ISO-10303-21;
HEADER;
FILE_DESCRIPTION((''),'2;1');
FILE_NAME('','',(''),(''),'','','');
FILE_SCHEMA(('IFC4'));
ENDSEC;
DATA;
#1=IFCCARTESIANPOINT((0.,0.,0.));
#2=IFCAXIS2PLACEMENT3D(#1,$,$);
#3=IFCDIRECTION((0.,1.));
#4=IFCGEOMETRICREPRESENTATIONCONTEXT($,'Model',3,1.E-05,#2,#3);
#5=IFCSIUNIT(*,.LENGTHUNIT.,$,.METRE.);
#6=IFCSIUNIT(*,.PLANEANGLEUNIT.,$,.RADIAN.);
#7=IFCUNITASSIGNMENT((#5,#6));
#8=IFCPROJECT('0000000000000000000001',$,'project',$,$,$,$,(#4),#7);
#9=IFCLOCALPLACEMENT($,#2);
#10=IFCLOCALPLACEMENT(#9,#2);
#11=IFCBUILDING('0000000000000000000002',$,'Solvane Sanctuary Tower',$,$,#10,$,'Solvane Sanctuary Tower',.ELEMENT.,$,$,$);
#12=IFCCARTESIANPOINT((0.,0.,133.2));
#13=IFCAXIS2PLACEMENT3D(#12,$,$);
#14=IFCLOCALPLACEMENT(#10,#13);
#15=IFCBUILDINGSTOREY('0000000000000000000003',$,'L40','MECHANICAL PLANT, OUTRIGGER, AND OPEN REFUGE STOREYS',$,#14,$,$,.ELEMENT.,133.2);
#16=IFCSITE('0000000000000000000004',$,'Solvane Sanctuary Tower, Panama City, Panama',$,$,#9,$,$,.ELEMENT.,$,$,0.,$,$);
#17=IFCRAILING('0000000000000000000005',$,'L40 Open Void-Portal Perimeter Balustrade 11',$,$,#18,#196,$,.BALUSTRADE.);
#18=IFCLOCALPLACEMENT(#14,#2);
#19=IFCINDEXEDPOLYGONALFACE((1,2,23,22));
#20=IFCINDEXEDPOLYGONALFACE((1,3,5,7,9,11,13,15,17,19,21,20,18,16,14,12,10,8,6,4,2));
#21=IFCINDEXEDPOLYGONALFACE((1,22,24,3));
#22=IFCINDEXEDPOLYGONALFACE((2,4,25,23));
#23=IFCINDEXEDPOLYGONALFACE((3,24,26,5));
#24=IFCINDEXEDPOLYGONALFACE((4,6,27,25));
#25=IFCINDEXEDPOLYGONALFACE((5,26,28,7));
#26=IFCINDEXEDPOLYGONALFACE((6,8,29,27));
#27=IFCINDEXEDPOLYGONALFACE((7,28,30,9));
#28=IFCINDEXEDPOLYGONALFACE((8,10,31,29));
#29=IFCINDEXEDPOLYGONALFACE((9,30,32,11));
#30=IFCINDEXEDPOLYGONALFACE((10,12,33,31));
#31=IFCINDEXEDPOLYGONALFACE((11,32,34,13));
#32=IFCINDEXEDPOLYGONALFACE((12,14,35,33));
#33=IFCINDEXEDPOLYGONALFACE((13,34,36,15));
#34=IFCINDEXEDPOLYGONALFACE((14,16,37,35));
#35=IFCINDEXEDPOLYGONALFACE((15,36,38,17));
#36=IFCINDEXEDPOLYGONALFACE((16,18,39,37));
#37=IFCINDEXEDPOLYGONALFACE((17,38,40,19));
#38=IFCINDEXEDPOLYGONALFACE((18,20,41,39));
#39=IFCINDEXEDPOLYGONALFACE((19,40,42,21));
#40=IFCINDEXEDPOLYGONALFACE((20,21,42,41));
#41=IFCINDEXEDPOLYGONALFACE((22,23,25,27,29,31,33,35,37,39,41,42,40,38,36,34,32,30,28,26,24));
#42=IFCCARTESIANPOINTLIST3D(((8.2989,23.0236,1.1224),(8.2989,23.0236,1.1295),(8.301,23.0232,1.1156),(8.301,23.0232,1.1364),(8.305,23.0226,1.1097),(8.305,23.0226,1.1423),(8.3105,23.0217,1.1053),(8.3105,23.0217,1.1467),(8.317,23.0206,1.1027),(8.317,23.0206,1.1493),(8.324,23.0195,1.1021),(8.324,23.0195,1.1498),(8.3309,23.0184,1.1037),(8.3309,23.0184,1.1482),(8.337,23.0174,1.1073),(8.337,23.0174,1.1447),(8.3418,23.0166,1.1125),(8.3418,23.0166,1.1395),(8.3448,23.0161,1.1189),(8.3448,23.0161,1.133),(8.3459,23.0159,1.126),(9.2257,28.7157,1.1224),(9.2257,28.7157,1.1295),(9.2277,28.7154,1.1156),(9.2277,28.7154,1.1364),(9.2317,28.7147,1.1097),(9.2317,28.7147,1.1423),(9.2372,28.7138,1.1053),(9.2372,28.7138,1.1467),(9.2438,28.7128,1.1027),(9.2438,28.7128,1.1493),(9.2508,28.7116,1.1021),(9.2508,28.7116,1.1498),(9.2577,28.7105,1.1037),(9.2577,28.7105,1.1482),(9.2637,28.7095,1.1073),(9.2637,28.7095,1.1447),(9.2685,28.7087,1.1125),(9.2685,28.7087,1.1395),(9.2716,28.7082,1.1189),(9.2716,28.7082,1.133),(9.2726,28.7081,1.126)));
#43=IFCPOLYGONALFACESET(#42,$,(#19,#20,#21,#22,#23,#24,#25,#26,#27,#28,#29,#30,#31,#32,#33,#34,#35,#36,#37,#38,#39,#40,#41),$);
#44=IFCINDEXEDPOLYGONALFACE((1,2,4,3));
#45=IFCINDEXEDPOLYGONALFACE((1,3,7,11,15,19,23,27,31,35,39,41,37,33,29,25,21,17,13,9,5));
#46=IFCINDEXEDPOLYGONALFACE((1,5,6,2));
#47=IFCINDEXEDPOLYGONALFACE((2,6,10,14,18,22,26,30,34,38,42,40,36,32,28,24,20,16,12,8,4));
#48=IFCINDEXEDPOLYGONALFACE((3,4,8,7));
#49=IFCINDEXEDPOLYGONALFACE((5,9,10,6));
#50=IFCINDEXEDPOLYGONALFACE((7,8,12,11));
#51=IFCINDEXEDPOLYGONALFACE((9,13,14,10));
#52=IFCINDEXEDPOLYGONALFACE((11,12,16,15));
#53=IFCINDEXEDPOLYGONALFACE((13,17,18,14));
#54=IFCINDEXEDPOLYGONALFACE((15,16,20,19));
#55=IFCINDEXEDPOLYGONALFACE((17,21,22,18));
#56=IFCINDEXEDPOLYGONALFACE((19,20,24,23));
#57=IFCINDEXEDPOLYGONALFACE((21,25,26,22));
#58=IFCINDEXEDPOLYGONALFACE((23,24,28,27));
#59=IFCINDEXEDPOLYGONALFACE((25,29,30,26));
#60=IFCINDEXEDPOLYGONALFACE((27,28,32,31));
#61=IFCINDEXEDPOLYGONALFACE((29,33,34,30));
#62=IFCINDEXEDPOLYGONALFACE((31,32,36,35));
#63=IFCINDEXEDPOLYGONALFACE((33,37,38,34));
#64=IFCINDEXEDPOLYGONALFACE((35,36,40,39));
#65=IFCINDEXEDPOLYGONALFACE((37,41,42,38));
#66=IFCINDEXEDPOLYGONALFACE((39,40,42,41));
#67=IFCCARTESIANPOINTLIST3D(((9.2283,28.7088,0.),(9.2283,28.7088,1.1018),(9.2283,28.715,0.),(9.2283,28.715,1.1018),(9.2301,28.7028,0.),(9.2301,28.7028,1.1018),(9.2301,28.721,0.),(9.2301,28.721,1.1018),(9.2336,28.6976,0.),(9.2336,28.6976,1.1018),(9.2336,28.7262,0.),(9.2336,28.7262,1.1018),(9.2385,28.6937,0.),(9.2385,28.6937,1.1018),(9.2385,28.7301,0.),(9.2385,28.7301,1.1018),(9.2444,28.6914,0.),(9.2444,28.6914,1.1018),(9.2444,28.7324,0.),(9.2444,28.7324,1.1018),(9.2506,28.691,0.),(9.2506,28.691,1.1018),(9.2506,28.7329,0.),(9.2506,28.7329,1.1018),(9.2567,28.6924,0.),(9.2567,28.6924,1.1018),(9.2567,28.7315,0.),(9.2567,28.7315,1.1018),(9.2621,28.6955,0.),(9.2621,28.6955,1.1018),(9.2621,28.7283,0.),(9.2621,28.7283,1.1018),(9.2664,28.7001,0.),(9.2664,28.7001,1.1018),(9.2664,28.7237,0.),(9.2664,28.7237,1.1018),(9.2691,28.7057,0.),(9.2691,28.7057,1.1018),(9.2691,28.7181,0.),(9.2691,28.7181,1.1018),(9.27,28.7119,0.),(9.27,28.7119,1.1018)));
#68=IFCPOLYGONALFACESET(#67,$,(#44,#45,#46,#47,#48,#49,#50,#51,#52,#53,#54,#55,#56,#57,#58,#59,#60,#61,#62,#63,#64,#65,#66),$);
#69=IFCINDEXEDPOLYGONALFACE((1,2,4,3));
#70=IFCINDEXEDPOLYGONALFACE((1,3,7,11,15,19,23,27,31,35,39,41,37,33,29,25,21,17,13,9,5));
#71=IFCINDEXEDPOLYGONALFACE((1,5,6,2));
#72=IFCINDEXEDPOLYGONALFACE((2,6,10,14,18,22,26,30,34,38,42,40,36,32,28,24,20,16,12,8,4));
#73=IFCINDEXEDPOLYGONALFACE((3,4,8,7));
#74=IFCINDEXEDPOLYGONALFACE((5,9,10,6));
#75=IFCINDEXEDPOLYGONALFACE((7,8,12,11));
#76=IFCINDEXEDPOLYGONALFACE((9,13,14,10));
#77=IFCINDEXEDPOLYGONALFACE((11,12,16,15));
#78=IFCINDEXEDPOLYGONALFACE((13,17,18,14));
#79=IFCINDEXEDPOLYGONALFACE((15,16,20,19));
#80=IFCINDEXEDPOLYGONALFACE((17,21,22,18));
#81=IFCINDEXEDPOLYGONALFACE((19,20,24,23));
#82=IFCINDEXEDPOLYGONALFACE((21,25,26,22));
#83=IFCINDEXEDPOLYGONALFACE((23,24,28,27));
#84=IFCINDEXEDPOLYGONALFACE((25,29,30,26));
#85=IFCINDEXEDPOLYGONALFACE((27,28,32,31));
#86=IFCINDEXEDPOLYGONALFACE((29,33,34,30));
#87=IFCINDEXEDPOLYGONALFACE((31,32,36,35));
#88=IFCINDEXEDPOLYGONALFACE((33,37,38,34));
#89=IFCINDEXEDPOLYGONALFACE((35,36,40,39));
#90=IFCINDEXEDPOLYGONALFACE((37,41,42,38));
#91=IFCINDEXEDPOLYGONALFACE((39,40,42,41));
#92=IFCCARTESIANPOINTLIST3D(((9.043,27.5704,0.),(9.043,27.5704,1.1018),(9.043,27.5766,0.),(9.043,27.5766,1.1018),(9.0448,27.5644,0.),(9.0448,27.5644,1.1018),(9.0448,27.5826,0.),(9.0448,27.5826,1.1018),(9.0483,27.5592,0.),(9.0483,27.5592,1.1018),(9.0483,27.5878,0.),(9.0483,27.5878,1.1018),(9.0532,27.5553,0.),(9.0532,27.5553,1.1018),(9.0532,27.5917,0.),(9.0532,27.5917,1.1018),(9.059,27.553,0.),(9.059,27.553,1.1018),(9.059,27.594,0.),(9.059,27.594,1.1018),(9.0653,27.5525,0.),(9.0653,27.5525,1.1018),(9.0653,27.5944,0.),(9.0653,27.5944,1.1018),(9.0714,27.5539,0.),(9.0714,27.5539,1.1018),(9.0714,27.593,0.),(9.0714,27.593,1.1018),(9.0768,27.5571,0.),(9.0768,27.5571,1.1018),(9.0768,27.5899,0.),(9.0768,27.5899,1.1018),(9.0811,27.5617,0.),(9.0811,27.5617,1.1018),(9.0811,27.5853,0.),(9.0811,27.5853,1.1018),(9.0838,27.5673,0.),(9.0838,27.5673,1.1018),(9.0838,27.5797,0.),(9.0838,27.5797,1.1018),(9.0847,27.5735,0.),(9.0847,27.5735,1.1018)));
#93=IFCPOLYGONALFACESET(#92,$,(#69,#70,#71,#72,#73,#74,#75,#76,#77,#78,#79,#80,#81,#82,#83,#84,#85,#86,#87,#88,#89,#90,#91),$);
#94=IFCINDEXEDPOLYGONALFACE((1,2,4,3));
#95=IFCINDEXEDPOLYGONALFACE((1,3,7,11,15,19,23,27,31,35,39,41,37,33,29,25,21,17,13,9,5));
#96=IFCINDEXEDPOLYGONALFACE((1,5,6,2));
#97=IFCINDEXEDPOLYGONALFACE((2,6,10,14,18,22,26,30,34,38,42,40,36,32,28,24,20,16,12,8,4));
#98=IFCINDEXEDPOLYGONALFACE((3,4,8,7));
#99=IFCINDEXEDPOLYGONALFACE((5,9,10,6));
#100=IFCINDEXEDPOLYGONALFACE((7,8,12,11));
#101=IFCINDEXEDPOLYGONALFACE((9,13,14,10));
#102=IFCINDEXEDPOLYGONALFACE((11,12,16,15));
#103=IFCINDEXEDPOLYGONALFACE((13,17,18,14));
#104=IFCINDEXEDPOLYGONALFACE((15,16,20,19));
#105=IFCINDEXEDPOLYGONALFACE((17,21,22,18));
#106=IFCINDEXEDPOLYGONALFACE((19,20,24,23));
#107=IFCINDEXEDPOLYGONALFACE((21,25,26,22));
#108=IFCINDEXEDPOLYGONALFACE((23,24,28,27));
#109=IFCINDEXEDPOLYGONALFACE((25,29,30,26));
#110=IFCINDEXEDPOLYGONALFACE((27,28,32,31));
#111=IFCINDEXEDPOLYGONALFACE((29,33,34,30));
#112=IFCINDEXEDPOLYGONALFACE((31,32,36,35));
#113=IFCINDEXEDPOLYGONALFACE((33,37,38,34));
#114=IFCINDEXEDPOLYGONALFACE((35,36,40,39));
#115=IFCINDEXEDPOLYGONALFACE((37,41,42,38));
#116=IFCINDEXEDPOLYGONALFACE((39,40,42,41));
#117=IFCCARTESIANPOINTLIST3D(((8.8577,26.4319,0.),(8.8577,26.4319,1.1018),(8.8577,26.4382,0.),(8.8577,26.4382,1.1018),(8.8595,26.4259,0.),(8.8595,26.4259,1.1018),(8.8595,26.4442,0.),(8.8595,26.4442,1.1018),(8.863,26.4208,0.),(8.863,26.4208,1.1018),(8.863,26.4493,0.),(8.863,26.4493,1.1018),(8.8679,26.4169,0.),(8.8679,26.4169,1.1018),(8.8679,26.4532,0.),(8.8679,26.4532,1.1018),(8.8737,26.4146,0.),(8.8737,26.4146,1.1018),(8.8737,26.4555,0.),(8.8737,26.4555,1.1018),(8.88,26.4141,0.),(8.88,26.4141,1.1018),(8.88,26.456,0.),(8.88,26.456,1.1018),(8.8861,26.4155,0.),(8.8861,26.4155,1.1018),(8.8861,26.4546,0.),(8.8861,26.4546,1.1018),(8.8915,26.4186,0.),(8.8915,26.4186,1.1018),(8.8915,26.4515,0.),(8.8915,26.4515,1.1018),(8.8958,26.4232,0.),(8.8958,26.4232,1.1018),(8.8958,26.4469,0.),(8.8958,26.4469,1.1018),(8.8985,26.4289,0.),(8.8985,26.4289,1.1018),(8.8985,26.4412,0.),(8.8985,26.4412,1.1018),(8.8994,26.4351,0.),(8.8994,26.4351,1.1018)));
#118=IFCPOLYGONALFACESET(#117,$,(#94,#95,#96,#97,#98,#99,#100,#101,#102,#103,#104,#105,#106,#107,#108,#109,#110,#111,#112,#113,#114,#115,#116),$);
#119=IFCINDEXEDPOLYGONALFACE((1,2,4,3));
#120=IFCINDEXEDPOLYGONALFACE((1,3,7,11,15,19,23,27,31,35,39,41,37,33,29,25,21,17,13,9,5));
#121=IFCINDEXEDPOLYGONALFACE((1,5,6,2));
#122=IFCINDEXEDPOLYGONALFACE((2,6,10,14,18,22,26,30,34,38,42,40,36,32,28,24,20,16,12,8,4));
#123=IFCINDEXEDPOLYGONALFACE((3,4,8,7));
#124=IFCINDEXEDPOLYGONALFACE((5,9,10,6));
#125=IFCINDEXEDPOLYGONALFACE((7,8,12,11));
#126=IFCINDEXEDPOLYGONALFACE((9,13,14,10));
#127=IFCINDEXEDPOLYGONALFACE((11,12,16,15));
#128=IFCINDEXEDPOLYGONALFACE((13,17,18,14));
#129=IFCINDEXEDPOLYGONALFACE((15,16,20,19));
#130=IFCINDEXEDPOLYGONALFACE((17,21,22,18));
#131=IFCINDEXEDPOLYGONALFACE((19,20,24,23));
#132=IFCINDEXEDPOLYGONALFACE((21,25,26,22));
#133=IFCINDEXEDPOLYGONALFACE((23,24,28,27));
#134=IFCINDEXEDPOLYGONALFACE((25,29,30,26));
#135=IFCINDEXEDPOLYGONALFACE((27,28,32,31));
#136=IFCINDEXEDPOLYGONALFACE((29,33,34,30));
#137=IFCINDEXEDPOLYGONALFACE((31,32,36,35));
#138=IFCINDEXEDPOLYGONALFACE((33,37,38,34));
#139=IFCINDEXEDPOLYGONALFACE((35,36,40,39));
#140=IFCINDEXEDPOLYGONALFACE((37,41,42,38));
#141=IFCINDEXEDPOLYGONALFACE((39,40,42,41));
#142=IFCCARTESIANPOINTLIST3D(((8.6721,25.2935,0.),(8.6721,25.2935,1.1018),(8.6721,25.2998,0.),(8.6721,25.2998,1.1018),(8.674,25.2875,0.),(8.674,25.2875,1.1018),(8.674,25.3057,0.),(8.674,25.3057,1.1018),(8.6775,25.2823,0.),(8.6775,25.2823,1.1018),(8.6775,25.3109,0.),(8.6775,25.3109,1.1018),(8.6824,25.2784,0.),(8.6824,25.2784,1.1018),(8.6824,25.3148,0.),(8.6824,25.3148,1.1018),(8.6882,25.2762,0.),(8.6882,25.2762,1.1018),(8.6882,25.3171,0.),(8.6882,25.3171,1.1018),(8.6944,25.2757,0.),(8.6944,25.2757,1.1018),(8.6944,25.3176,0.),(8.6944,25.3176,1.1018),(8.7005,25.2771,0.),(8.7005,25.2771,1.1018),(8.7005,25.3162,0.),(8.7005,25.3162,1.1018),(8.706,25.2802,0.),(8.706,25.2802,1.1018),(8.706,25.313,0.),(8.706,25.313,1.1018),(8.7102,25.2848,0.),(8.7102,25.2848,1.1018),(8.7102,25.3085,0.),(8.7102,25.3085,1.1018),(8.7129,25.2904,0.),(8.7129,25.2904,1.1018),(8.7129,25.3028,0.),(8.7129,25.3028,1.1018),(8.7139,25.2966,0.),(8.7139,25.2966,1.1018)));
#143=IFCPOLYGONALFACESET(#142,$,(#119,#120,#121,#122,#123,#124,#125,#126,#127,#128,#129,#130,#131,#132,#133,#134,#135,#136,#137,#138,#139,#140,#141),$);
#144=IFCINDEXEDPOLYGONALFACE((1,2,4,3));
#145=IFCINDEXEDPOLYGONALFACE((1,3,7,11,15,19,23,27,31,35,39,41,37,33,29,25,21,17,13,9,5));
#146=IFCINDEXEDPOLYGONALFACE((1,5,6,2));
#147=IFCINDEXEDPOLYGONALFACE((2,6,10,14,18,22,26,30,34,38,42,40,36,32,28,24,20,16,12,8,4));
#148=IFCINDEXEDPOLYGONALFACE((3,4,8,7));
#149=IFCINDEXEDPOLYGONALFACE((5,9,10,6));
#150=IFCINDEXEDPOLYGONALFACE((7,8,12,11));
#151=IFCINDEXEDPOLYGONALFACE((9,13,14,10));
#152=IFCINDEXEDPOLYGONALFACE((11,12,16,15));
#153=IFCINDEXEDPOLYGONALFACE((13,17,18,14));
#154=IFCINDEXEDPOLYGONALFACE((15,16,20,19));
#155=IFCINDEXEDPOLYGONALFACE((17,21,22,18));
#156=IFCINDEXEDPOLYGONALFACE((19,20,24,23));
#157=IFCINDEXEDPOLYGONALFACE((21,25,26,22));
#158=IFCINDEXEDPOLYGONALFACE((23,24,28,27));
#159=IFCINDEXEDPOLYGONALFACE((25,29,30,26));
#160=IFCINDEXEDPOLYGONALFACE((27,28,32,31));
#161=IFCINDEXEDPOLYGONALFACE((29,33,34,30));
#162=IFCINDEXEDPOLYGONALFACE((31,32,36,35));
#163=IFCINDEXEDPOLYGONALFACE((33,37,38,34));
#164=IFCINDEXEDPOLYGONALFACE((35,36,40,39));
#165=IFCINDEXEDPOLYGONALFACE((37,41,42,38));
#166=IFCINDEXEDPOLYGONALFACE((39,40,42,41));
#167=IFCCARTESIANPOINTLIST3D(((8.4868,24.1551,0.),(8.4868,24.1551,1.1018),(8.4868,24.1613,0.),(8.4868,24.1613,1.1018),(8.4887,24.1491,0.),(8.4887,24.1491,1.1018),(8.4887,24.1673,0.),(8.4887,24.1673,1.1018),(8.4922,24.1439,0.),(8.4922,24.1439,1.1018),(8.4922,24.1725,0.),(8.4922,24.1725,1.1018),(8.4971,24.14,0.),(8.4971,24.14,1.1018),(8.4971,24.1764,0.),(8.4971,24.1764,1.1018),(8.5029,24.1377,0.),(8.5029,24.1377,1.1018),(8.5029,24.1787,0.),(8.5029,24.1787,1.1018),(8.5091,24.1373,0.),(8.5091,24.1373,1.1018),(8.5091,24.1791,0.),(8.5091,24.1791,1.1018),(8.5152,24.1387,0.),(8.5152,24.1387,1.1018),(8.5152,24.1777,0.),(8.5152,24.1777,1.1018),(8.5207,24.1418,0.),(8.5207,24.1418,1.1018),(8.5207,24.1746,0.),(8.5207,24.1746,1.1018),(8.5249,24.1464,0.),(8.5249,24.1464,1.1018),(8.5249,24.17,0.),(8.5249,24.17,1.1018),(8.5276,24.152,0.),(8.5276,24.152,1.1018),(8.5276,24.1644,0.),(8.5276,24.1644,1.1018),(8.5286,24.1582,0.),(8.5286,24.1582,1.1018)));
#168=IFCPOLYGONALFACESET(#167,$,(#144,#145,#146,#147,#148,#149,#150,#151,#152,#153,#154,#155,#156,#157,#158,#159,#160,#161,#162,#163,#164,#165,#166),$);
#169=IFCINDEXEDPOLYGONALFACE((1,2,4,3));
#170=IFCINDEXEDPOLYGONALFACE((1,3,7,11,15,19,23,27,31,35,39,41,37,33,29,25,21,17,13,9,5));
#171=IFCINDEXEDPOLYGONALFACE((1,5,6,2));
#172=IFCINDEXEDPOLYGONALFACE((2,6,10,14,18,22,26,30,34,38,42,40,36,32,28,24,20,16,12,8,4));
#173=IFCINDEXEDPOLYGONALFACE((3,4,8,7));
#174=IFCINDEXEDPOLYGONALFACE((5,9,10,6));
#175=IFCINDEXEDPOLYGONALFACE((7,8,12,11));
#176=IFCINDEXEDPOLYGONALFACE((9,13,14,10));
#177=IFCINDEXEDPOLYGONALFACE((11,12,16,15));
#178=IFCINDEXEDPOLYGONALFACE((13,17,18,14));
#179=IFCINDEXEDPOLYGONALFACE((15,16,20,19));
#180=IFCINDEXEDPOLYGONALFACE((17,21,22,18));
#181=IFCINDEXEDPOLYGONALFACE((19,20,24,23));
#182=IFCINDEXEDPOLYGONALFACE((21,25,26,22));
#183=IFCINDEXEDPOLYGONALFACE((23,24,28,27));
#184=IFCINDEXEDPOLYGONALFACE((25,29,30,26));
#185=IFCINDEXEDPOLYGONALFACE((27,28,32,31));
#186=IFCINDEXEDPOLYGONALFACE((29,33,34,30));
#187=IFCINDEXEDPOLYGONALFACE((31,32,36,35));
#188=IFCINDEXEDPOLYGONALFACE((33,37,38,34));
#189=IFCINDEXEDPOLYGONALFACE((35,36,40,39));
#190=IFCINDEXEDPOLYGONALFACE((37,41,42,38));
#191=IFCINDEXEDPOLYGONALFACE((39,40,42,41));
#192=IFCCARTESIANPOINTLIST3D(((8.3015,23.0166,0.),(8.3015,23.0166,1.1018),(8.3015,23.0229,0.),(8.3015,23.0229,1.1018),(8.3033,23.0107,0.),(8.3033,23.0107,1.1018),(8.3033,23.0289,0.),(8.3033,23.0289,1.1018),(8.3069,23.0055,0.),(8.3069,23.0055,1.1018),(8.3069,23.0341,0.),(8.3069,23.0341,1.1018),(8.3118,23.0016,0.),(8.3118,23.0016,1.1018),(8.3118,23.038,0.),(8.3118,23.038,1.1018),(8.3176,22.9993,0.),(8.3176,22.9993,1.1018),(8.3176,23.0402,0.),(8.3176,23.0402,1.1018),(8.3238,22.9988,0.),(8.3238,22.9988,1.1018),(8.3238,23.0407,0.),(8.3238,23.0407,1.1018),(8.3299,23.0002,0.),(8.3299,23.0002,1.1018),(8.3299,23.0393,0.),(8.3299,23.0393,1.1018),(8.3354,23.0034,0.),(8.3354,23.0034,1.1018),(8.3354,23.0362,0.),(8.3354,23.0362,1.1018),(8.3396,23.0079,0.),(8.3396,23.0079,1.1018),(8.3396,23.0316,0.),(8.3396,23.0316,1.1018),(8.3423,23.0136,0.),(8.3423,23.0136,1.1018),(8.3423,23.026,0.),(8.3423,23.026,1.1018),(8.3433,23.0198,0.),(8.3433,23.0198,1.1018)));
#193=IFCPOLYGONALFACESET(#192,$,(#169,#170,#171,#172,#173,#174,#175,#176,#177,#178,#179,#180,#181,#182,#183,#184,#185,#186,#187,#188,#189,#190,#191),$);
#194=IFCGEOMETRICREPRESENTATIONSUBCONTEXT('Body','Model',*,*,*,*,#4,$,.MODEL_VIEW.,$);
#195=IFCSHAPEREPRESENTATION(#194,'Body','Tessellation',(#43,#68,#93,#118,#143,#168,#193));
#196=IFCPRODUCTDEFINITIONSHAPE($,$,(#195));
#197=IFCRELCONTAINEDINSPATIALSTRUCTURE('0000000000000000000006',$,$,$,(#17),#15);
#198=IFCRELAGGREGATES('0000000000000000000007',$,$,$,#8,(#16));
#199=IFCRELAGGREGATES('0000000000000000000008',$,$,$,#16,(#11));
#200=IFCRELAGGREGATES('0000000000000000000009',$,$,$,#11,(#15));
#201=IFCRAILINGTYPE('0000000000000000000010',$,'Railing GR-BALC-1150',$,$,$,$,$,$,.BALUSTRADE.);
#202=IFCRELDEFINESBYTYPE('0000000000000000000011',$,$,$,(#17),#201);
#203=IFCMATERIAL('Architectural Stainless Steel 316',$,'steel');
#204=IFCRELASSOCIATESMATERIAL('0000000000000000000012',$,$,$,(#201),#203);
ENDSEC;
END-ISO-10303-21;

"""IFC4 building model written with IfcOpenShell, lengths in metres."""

from ifc_helpers import new_model, si_unit, direction, frame, origin, origin_2d, place, context, subcontext, project, spatial, circle, extrude, material, type_object, element, save


model = new_model("IFC4")

# Units and contexts
model_context = context("Model", 3, precision=1e-05, world=origin(), true_north=direction((0.0, 1.0)))
body_context = subcontext(model_context, "Body", "Model", "MODEL_VIEW")
ifc_project = project(units=[si_unit("LENGTHUNIT", "METRE"), si_unit("PLANEANGLEUNIT", "RADIAN")], contexts=[model_context])

# Site, building, storey
site_placement = place(None, origin())
site = spatial("IfcSite", under=ifc_project, at=site_placement, Name="Solvane Sanctuary Tower, Panama City, Panama", CompositionType="ELEMENT", RefElevation=0.0)
building_placement = place(site_placement, origin())
building = spatial("IfcBuilding", under=site, at=building_placement, Name="Solvane Sanctuary Tower", LongName="Solvane Sanctuary Tower", CompositionType="ELEMENT")
storey_placement = place(building_placement, frame((0.0, 0.0, 133.2)))
storey = spatial("IfcBuildingStorey", under=building, at=storey_placement, Name="L40", Description="MECHANICAL PLANT, OUTRIGGER, AND OPEN REFUGE STOREYS", CompositionType="ELEMENT", Elevation=133.2)

# Shared definitions
ifc_material_1 = material(Name="Architectural Stainless Steel 316", Category="steel")

# Railing
railing_type_1 = type_object("IfcRailingType", Name="Railing GR-BALC-1150", PredefinedType="BALUSTRADE", material=ifc_material_1)
railing_1_placement = place(storey_placement, frame((9.249, 28.7119, 0.0)))
element("IfcRailing", 1, at=railing_1_placement, inside=storey, type_object=railing_type_1, Name="L40 Open Void-Portal Perimeter Balustrade 11", PredefinedType="BALUSTRADE", context=body_context, shape_type="SweptSolid", body=[
    extrude(circle(Radius=0.0239, at=origin_2d()), frame((0.0, 0.0, 1.126), z_axis=(-0.160698, -0.987004, 0.0), x_axis=(0.987004, -0.160698, 0.0)), (0.0, 0.0, 1.0), 5.7671),
    extrude(circle(Radius=0.021, at=origin_2d()), origin(), (0.0, 0.0, 1.0), 1.1018),
    extrude(circle(Radius=0.021, at=origin_2d()), frame((-0.1853, -1.1384, 0.0)), (0.0, 0.0, 1.0), 1.1018),
    extrude(circle(Radius=0.021, at=origin_2d()), frame((-0.3706, -2.2769, 0.0)), (0.0, 0.0, 1.0), 1.1018),
    extrude(circle(Radius=0.021, at=origin_2d()), frame((-0.5562, -3.4153, 0.0)), (0.0, 0.0, 1.0), 1.1018),
    extrude(circle(Radius=0.021, at=origin_2d()), frame((-0.7415, -4.5537, 0.0)), (0.0, 0.0, 1.0), 1.1018),
    extrude(circle(Radius=0.021, at=origin_2d()), frame((-0.9268, -5.6921, 0.0)), (0.0, 0.0, 1.0), 1.1018),
])

save(model, "model.ifc")
